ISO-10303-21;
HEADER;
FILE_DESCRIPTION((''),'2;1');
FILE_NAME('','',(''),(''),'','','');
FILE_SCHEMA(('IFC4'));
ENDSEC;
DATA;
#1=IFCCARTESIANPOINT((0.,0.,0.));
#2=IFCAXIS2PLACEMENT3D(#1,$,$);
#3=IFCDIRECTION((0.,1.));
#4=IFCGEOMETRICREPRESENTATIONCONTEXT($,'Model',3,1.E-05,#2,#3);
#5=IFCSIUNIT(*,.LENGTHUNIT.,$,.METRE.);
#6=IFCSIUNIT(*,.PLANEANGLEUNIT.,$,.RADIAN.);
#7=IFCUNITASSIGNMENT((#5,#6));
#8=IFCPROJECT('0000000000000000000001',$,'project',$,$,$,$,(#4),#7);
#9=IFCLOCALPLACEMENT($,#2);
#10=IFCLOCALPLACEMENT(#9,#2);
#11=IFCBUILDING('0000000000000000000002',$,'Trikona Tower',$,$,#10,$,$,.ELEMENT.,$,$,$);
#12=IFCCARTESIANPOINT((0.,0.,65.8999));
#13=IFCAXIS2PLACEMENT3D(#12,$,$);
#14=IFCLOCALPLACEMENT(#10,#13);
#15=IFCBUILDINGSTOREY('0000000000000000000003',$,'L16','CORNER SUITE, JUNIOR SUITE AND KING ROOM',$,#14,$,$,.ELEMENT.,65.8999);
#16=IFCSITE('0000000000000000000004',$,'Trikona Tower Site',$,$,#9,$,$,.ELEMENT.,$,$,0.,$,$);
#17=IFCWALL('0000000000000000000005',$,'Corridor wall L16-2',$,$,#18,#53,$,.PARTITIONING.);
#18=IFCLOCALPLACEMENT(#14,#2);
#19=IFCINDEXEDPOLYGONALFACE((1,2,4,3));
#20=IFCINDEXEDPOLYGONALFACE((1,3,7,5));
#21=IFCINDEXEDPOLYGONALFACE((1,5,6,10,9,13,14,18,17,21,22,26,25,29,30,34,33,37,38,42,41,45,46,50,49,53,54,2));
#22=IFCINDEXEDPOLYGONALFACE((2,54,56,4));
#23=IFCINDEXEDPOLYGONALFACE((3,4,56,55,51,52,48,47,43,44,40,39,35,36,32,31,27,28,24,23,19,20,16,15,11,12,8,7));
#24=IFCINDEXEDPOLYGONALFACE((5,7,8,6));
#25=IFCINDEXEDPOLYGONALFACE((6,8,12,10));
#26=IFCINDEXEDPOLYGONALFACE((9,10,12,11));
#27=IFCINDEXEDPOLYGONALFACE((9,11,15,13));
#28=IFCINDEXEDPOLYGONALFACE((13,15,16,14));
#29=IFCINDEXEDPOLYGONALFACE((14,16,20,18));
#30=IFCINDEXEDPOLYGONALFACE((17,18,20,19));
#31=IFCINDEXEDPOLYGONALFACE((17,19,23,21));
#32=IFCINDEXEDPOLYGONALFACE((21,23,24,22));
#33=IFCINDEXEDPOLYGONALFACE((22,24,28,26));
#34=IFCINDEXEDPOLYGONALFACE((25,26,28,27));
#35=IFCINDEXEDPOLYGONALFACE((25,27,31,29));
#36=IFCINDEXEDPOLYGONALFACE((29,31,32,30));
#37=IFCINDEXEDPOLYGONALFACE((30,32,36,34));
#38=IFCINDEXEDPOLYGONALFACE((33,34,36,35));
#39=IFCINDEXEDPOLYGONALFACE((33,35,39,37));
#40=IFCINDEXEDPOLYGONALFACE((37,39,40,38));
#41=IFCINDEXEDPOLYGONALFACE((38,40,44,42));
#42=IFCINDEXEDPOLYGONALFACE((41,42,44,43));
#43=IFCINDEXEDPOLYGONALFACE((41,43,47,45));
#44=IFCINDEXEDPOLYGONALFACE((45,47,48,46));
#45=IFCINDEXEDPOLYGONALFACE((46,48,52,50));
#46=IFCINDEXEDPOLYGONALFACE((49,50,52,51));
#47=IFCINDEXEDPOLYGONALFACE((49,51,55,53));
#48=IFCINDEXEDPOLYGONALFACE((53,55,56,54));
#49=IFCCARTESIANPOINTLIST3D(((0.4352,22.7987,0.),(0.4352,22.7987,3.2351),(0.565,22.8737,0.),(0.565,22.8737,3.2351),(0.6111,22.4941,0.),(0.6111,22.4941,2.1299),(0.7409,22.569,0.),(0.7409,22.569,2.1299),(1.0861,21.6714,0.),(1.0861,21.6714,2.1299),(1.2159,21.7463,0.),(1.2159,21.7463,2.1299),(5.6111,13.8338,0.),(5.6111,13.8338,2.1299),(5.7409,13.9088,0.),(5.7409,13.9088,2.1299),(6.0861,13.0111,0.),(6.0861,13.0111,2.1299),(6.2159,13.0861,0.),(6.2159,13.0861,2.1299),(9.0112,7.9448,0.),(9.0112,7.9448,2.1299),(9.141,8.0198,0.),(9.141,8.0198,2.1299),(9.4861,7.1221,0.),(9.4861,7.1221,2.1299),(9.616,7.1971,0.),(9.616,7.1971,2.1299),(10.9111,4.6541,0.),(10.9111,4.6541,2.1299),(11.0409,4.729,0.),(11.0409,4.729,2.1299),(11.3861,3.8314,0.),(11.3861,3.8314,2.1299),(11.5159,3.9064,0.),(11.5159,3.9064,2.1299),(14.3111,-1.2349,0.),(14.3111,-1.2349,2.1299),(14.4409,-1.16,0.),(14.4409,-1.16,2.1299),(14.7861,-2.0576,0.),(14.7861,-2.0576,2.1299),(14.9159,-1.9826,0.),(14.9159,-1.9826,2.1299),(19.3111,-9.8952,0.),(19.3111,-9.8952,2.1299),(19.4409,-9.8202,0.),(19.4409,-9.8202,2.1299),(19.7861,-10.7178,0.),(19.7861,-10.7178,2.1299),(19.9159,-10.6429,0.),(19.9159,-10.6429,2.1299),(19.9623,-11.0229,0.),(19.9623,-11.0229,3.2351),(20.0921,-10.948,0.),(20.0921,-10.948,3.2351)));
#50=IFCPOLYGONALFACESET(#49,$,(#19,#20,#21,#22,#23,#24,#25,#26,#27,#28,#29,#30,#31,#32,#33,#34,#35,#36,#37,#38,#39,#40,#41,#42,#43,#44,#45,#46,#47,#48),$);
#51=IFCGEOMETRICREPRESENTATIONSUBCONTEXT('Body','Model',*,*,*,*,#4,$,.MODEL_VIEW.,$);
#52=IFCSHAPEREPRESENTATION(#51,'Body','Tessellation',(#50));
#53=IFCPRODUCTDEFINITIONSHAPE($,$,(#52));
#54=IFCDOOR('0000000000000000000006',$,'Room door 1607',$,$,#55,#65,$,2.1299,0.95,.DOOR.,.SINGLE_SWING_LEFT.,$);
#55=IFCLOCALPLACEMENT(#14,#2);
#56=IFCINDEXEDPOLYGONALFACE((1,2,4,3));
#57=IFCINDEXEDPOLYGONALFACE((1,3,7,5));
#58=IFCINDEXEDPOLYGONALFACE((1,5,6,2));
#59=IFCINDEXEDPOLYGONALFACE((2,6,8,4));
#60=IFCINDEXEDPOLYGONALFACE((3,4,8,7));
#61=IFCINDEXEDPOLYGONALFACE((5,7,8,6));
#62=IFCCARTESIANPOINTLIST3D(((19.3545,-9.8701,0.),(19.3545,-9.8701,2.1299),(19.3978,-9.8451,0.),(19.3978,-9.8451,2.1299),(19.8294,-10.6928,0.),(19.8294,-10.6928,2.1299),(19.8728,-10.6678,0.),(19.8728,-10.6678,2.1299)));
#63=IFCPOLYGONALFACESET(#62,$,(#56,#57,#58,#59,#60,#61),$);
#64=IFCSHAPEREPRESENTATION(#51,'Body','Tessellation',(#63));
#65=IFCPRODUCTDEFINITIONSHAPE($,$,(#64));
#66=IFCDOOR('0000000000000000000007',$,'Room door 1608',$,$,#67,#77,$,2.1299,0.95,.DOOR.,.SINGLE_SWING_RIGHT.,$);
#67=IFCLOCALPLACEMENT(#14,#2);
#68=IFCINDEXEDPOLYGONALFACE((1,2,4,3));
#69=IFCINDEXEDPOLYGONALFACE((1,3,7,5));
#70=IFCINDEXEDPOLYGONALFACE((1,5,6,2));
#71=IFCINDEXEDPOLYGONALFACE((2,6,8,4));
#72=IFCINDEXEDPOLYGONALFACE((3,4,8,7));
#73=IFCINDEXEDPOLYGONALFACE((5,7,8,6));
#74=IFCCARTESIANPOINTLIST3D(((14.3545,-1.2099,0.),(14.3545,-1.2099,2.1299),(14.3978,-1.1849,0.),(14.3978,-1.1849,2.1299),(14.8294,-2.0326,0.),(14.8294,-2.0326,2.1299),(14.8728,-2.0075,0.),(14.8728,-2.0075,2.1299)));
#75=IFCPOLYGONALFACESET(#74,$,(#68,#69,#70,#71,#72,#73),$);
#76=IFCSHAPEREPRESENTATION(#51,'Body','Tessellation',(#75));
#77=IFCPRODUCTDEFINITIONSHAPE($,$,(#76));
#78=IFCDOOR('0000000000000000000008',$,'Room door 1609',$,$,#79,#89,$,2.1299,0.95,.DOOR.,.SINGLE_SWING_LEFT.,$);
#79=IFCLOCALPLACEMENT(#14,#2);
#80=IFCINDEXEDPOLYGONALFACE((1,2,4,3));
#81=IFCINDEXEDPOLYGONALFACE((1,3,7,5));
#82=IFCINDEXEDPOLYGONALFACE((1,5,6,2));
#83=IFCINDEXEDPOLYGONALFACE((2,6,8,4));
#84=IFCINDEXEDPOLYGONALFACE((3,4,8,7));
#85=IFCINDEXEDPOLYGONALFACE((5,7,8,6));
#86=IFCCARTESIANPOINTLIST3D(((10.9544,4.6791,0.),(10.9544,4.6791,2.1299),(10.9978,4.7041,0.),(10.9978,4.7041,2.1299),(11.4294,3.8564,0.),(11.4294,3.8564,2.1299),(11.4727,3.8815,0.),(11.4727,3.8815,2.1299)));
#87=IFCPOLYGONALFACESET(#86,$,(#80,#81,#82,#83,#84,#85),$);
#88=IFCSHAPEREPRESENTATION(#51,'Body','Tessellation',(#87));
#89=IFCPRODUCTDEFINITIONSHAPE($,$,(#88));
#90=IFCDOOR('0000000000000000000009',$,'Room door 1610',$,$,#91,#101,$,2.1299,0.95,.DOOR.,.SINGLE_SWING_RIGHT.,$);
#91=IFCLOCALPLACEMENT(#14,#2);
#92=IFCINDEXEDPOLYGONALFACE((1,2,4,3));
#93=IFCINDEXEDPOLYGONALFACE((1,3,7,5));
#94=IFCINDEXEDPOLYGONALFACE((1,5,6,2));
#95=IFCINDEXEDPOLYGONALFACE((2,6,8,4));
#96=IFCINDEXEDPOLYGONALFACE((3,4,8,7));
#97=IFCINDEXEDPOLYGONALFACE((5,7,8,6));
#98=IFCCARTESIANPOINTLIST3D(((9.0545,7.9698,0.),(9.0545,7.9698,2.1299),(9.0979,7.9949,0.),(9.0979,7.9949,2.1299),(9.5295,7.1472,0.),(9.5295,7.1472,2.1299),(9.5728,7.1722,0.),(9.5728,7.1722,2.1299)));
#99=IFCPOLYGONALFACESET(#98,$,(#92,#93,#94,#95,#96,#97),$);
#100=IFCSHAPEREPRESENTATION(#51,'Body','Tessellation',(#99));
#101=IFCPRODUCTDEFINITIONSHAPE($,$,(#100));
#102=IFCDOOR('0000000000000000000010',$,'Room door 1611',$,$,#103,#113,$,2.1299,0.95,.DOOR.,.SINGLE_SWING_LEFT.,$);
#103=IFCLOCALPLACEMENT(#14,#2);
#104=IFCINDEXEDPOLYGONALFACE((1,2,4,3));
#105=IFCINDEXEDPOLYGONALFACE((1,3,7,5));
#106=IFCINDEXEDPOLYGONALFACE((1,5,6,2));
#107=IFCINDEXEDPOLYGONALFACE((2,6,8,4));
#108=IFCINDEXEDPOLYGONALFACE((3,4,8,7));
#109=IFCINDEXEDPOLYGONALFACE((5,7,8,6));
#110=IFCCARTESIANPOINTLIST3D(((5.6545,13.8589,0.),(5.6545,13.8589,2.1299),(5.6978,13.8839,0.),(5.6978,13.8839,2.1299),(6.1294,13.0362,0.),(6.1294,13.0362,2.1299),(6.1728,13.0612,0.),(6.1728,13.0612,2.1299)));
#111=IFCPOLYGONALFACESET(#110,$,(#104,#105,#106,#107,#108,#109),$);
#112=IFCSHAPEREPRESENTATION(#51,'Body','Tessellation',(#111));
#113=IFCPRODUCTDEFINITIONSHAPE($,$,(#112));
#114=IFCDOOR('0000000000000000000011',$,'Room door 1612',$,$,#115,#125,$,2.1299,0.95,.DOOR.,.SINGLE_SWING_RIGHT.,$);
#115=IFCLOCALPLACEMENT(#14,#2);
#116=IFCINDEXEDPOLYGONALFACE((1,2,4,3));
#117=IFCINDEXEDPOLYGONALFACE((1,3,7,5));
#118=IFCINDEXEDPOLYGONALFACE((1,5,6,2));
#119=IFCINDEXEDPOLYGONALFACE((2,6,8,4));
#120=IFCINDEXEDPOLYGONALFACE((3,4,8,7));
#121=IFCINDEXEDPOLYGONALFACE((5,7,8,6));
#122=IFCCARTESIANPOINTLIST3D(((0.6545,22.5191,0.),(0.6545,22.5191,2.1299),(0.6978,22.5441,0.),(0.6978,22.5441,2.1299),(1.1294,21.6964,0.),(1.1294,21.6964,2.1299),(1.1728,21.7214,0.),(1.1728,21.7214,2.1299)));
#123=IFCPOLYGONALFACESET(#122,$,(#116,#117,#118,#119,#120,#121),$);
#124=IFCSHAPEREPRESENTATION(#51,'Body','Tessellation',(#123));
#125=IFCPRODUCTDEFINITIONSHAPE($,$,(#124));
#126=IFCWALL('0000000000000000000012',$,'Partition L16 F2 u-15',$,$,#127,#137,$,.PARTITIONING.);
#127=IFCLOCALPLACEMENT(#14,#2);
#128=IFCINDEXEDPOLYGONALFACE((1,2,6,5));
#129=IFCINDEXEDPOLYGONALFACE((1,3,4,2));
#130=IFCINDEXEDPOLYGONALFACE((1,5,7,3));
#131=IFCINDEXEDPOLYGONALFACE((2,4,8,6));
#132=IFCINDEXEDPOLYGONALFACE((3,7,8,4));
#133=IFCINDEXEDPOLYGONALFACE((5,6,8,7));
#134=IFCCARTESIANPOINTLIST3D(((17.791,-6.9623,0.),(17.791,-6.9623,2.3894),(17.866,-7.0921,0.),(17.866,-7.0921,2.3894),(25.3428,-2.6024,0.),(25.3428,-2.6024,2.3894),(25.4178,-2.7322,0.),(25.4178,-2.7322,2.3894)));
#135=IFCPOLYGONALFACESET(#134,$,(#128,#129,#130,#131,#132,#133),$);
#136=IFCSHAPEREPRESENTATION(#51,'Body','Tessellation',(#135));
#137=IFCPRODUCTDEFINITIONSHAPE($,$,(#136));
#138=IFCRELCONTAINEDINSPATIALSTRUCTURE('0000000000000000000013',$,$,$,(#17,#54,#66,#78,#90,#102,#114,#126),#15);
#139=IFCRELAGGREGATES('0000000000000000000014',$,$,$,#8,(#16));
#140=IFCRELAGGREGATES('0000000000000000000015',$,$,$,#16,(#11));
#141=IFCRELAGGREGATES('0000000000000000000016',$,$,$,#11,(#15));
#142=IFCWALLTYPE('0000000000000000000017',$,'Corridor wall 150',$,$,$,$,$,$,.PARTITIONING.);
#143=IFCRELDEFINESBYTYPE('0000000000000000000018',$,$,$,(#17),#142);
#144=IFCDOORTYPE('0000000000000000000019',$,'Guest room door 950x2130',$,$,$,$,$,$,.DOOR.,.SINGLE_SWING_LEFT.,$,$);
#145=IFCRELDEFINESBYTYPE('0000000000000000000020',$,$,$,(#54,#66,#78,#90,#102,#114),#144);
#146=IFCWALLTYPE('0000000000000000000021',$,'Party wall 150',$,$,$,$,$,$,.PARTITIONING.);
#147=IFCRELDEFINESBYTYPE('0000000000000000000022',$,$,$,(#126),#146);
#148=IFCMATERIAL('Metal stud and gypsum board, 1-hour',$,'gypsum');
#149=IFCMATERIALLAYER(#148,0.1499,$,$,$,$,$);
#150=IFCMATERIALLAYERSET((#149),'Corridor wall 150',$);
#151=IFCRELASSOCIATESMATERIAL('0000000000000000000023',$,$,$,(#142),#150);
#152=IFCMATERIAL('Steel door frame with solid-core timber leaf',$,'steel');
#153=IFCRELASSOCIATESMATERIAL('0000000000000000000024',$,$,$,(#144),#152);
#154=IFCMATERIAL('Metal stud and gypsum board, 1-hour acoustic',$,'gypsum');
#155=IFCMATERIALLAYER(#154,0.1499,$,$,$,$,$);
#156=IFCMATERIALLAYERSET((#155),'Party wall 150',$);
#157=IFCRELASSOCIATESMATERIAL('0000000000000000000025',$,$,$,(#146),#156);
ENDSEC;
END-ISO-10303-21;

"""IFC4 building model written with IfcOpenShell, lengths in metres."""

from ifc_helpers import new_model, si_unit, direction, frame, frame_2d, origin, place, context, subcontext, project, spatial, rectangle, extrude, material, layer, layer_set, type_object, element, fill, save


model = new_model("IFC4")

# Units and contexts
model_context = context("Model", 3, precision=1e-05, world=origin(), true_north=direction((0.0, 1.0)))
body_context = subcontext(model_context, "Body", "Model", "MODEL_VIEW")
ifc_project = project(units=[si_unit("LENGTHUNIT", "METRE"), si_unit("PLANEANGLEUNIT", "RADIAN")], contexts=[model_context])

# Site, building, storey
site_placement = place(None, origin())
site = spatial("IfcSite", under=ifc_project, at=site_placement, Name="Trikona Tower Site", CompositionType="ELEMENT", RefElevation=0.0)
building_placement = place(site_placement, origin())
building = spatial("IfcBuilding", under=site, at=building_placement, Name="Trikona Tower", CompositionType="ELEMENT")
storey_placement = place(building_placement, frame((0.0, 0.0, 65.8999)))
storey = spatial("IfcBuildingStorey", under=building, at=storey_placement, Name="L16", Description="CORNER SUITE, JUNIOR SUITE AND KING ROOM", CompositionType="ELEMENT", Elevation=65.8999)

# Wall, openings, doors
ifc_material_1 = material(Name="Metal stud and gypsum board, 1-hour", Category="gypsum")
ifc_layer_1 = layer(ifc_material_1, 0.1499)
ifc_layer_set_1 = layer_set([ifc_layer_1], Name="Corridor wall 150")
wall_type_1 = type_object("IfcWallType", Name="Corridor wall 150", PredefinedType="PARTITIONING", material=ifc_layer_set_1)
wall_1_placement = place(storey_placement, frame((20.0271, -10.9854, 0.0), z_axis=(0.0, 0.0, 1.0), x_axis=(-0.500002, 0.866024, 0.0)))
wall_1 = element("IfcWall", 1, at=wall_1_placement, inside=storey, type_object=wall_type_1, Name="Corridor wall L16-2", PredefinedType="PARTITIONING", context=body_context, shape_type="SweptSolid", body=[
    extrude(rectangle(XDim=39.054, YDim=0.1499, at=frame_2d((19.5269, 0.0))), origin(), (0.0, 0.0, 1.0), 3.2351),
])
opening_1_placement = place(wall_1_placement, frame((0.3521, 0.0, 0.0)))
opening_1 = element("IfcOpeningElement", 2, at=opening_1_placement, cuts=wall_1, PredefinedType="OPENING", context=body_context, shape_type="SweptSolid", body=[
    extrude(rectangle(XDim=0.95, YDim=2.1299, at=frame_2d((0.4751, 1.0649))), frame((0.0, 0.085, 0.0), z_axis=(0.0, -1.0, 0.0), x_axis=(1.0, 0.0, 0.0)), (0.0, 0.0, 1.0), 0.1699),
])
opening_2_placement = place(wall_1_placement, frame((10.3521, 0.0, 0.0)))
opening_2 = element("IfcOpeningElement", 3, at=opening_2_placement, cuts=wall_1, PredefinedType="OPENING", context=body_context, shape_type="SweptSolid", body=[
    extrude(rectangle(XDim=0.95, YDim=2.1299, at=frame_2d((0.4751, 1.0649))), frame((0.0, 0.085, 0.0), z_axis=(0.0, -1.0, 0.0), x_axis=(1.0, 0.0, 0.0)), (0.0, 0.0, 1.0), 0.1699),
])
opening_3_placement = place(wall_1_placement, frame((17.1521, 0.0, 0.0)))
opening_3 = element("IfcOpeningElement", 4, at=opening_3_placement, cuts=wall_1, PredefinedType="OPENING", context=body_context, shape_type="SweptSolid", body=[
    extrude(rectangle(XDim=0.95, YDim=2.1299, at=frame_2d((0.4751, 1.0649))), frame((0.0, 0.085, 0.0), z_axis=(0.0, -1.0, 0.0), x_axis=(1.0, 0.0, 0.0)), (0.0, 0.0, 1.0), 0.1699),
])
opening_4_placement = place(wall_1_placement, frame((20.9519, 0.0, 0.0)))
opening_4 = element("IfcOpeningElement", 5, at=opening_4_placement, cuts=wall_1, PredefinedType="OPENING", context=body_context, shape_type="SweptSolid", body=[
    extrude(rectangle(XDim=0.95, YDim=2.1299, at=frame_2d((0.4751, 1.0649))), frame((0.0, 0.085, 0.0), z_axis=(0.0, -1.0, 0.0), x_axis=(1.0, 0.0, 0.0)), (0.0, 0.0, 1.0), 0.1699),
])
opening_5_placement = place(wall_1_placement, frame((27.752, 0.0, 0.0)))
opening_5 = element("IfcOpeningElement", 6, at=opening_5_placement, cuts=wall_1, PredefinedType="OPENING", context=body_context, shape_type="SweptSolid", body=[
    extrude(rectangle(XDim=0.95, YDim=2.1299, at=frame_2d((0.4751, 1.0649))), frame((0.0, 0.085, 0.0), z_axis=(0.0, -1.0, 0.0), x_axis=(1.0, 0.0, 0.0)), (0.0, 0.0, 1.0), 0.1699),
])
opening_6_placement = place(wall_1_placement, frame((37.752, 0.0, 0.0)))
opening_6 = element("IfcOpeningElement", 7, at=opening_6_placement, cuts=wall_1, PredefinedType="OPENING", context=body_context, shape_type="SweptSolid", body=[
    extrude(rectangle(XDim=0.95, YDim=2.1299, at=frame_2d((0.4751, 1.0649))), frame((0.0, 0.085, 0.0), z_axis=(0.0, -1.0, 0.0), x_axis=(1.0, 0.0, 0.0)), (0.0, 0.0, 1.0), 0.1699),
])
ifc_material_2 = material(Name="Steel door frame with solid-core timber leaf", Category="steel")
door_type_1 = type_object("IfcDoorType", Name="Guest room door 950x2130", OperationType="SINGLE_SWING_LEFT", PredefinedType="DOOR", material=ifc_material_2)
door_1_placement = place(opening_1_placement, origin())
door_1 = element("IfcDoor", 8, at=door_1_placement, inside=storey, type_object=door_type_1, Name="Room door 1607", OperationType="SINGLE_SWING_LEFT", OverallHeight=2.1299, OverallWidth=0.95, PredefinedType="DOOR", context=body_context, shape_type="SweptSolid", body=[
    extrude(rectangle(XDim=0.95, YDim=2.1299, at=frame_2d((0.4751, 1.0649))), frame((0.0, 0.0249, 0.0), z_axis=(0.0, -1.0, 0.0), x_axis=(1.0, 0.0, 0.0)), (0.0, 0.0, 1.0), 0.05),
])
fill(opening_1, door_1)
door_2_placement = place(opening_2_placement, origin())
door_2 = element("IfcDoor", 9, at=door_2_placement, inside=storey, type_object=door_type_1, Name="Room door 1608", OperationType="SINGLE_SWING_RIGHT", OverallHeight=2.1299, OverallWidth=0.95, PredefinedType="DOOR", context=body_context, shape_type="SweptSolid", body=[
    extrude(rectangle(XDim=0.95, YDim=2.1299, at=frame_2d((0.4751, 1.0649))), frame((0.0, 0.0249, 0.0), z_axis=(0.0, -1.0, 0.0), x_axis=(1.0, 0.0, 0.0)), (0.0, 0.0, 1.0), 0.05),
])
fill(opening_2, door_2)
door_3_placement = place(opening_3_placement, origin())
door_3 = element("IfcDoor", 10, at=door_3_placement, inside=storey, type_object=door_type_1, Name="Room door 1609", OperationType="SINGLE_SWING_LEFT", OverallHeight=2.1299, OverallWidth=0.95, PredefinedType="DOOR", context=body_context, shape_type="SweptSolid", body=[
    extrude(rectangle(XDim=0.95, YDim=2.1299, at=frame_2d((0.4751, 1.0649))), frame((0.0, 0.0249, 0.0), z_axis=(0.0, -1.0, 0.0), x_axis=(1.0, 0.0, 0.0)), (0.0, 0.0, 1.0), 0.05),
])
fill(opening_3, door_3)
door_4_placement = place(opening_4_placement, origin())
door_4 = element("IfcDoor", 11, at=door_4_placement, inside=storey, type_object=door_type_1, Name="Room door 1610", OperationType="SINGLE_SWING_RIGHT", OverallHeight=2.1299, OverallWidth=0.95, PredefinedType="DOOR", context=body_context, shape_type="SweptSolid", body=[
    extrude(rectangle(XDim=0.95, YDim=2.1299, at=frame_2d((0.4751, 1.0649))), frame((0.0, 0.0249, 0.0), z_axis=(0.0, -1.0, 0.0), x_axis=(1.0, 0.0, 0.0)), (0.0, 0.0, 1.0), 0.05),
])
fill(opening_4, door_4)
door_5_placement = place(opening_5_placement, origin())
door_5 = element("IfcDoor", 12, at=door_5_placement, inside=storey, type_object=door_type_1, Name="Room door 1611", OperationType="SINGLE_SWING_LEFT", OverallHeight=2.1299, OverallWidth=0.95, PredefinedType="DOOR", context=body_context, shape_type="SweptSolid", body=[
    extrude(rectangle(XDim=0.95, YDim=2.1299, at=frame_2d((0.4751, 1.0649))), frame((0.0, 0.0249, 0.0), z_axis=(0.0, -1.0, 0.0), x_axis=(1.0, 0.0, 0.0)), (0.0, 0.0, 1.0), 0.05),
])
fill(opening_5, door_5)
door_6_placement = place(opening_6_placement, origin())
door_6 = element("IfcDoor", 13, at=door_6_placement, inside=storey, type_object=door_type_1, Name="Room door 1612", OperationType="SINGLE_SWING_RIGHT", OverallHeight=2.1299, OverallWidth=0.95, PredefinedType="DOOR", context=body_context, shape_type="SweptSolid", body=[
    extrude(rectangle(XDim=0.95, YDim=2.1299, at=frame_2d((0.4751, 1.0649))), frame((0.0, 0.0249, 0.0), z_axis=(0.0, -1.0, 0.0), x_axis=(1.0, 0.0, 0.0)), (0.0, 0.0, 1.0), 0.05),
])
fill(opening_6, door_6)

# Wall
ifc_material_3 = material(Name="Metal stud and gypsum board, 1-hour acoustic", Category="gypsum")
ifc_layer_2 = layer(ifc_material_3, 0.1499)
ifc_layer_set_2 = layer_set([ifc_layer_2], Name="Party wall 150")
wall_type_2 = type_object("IfcWallType", Name="Party wall 150", PredefinedType="PARTITIONING", material=ifc_layer_set_2)
wall_2_placement = place(storey_placement, frame((17.8286, -7.0271, 0.0), z_axis=(0.0, 0.0, 1.0), x_axis=(0.866033, 0.499987, 0.0)))
element("IfcWall", 14, at=wall_2_placement, inside=storey, type_object=wall_type_2, Name="Partition L16 F2 u-15", PredefinedType="PARTITIONING", context=body_context, shape_type="SweptSolid", body=[
    extrude(rectangle(XDim=8.72, YDim=0.1499, at=frame_2d((4.3599, 0.0))), origin(), (0.0, 0.0, 1.0), 2.3894),
])

save(model, "model.ifc")
